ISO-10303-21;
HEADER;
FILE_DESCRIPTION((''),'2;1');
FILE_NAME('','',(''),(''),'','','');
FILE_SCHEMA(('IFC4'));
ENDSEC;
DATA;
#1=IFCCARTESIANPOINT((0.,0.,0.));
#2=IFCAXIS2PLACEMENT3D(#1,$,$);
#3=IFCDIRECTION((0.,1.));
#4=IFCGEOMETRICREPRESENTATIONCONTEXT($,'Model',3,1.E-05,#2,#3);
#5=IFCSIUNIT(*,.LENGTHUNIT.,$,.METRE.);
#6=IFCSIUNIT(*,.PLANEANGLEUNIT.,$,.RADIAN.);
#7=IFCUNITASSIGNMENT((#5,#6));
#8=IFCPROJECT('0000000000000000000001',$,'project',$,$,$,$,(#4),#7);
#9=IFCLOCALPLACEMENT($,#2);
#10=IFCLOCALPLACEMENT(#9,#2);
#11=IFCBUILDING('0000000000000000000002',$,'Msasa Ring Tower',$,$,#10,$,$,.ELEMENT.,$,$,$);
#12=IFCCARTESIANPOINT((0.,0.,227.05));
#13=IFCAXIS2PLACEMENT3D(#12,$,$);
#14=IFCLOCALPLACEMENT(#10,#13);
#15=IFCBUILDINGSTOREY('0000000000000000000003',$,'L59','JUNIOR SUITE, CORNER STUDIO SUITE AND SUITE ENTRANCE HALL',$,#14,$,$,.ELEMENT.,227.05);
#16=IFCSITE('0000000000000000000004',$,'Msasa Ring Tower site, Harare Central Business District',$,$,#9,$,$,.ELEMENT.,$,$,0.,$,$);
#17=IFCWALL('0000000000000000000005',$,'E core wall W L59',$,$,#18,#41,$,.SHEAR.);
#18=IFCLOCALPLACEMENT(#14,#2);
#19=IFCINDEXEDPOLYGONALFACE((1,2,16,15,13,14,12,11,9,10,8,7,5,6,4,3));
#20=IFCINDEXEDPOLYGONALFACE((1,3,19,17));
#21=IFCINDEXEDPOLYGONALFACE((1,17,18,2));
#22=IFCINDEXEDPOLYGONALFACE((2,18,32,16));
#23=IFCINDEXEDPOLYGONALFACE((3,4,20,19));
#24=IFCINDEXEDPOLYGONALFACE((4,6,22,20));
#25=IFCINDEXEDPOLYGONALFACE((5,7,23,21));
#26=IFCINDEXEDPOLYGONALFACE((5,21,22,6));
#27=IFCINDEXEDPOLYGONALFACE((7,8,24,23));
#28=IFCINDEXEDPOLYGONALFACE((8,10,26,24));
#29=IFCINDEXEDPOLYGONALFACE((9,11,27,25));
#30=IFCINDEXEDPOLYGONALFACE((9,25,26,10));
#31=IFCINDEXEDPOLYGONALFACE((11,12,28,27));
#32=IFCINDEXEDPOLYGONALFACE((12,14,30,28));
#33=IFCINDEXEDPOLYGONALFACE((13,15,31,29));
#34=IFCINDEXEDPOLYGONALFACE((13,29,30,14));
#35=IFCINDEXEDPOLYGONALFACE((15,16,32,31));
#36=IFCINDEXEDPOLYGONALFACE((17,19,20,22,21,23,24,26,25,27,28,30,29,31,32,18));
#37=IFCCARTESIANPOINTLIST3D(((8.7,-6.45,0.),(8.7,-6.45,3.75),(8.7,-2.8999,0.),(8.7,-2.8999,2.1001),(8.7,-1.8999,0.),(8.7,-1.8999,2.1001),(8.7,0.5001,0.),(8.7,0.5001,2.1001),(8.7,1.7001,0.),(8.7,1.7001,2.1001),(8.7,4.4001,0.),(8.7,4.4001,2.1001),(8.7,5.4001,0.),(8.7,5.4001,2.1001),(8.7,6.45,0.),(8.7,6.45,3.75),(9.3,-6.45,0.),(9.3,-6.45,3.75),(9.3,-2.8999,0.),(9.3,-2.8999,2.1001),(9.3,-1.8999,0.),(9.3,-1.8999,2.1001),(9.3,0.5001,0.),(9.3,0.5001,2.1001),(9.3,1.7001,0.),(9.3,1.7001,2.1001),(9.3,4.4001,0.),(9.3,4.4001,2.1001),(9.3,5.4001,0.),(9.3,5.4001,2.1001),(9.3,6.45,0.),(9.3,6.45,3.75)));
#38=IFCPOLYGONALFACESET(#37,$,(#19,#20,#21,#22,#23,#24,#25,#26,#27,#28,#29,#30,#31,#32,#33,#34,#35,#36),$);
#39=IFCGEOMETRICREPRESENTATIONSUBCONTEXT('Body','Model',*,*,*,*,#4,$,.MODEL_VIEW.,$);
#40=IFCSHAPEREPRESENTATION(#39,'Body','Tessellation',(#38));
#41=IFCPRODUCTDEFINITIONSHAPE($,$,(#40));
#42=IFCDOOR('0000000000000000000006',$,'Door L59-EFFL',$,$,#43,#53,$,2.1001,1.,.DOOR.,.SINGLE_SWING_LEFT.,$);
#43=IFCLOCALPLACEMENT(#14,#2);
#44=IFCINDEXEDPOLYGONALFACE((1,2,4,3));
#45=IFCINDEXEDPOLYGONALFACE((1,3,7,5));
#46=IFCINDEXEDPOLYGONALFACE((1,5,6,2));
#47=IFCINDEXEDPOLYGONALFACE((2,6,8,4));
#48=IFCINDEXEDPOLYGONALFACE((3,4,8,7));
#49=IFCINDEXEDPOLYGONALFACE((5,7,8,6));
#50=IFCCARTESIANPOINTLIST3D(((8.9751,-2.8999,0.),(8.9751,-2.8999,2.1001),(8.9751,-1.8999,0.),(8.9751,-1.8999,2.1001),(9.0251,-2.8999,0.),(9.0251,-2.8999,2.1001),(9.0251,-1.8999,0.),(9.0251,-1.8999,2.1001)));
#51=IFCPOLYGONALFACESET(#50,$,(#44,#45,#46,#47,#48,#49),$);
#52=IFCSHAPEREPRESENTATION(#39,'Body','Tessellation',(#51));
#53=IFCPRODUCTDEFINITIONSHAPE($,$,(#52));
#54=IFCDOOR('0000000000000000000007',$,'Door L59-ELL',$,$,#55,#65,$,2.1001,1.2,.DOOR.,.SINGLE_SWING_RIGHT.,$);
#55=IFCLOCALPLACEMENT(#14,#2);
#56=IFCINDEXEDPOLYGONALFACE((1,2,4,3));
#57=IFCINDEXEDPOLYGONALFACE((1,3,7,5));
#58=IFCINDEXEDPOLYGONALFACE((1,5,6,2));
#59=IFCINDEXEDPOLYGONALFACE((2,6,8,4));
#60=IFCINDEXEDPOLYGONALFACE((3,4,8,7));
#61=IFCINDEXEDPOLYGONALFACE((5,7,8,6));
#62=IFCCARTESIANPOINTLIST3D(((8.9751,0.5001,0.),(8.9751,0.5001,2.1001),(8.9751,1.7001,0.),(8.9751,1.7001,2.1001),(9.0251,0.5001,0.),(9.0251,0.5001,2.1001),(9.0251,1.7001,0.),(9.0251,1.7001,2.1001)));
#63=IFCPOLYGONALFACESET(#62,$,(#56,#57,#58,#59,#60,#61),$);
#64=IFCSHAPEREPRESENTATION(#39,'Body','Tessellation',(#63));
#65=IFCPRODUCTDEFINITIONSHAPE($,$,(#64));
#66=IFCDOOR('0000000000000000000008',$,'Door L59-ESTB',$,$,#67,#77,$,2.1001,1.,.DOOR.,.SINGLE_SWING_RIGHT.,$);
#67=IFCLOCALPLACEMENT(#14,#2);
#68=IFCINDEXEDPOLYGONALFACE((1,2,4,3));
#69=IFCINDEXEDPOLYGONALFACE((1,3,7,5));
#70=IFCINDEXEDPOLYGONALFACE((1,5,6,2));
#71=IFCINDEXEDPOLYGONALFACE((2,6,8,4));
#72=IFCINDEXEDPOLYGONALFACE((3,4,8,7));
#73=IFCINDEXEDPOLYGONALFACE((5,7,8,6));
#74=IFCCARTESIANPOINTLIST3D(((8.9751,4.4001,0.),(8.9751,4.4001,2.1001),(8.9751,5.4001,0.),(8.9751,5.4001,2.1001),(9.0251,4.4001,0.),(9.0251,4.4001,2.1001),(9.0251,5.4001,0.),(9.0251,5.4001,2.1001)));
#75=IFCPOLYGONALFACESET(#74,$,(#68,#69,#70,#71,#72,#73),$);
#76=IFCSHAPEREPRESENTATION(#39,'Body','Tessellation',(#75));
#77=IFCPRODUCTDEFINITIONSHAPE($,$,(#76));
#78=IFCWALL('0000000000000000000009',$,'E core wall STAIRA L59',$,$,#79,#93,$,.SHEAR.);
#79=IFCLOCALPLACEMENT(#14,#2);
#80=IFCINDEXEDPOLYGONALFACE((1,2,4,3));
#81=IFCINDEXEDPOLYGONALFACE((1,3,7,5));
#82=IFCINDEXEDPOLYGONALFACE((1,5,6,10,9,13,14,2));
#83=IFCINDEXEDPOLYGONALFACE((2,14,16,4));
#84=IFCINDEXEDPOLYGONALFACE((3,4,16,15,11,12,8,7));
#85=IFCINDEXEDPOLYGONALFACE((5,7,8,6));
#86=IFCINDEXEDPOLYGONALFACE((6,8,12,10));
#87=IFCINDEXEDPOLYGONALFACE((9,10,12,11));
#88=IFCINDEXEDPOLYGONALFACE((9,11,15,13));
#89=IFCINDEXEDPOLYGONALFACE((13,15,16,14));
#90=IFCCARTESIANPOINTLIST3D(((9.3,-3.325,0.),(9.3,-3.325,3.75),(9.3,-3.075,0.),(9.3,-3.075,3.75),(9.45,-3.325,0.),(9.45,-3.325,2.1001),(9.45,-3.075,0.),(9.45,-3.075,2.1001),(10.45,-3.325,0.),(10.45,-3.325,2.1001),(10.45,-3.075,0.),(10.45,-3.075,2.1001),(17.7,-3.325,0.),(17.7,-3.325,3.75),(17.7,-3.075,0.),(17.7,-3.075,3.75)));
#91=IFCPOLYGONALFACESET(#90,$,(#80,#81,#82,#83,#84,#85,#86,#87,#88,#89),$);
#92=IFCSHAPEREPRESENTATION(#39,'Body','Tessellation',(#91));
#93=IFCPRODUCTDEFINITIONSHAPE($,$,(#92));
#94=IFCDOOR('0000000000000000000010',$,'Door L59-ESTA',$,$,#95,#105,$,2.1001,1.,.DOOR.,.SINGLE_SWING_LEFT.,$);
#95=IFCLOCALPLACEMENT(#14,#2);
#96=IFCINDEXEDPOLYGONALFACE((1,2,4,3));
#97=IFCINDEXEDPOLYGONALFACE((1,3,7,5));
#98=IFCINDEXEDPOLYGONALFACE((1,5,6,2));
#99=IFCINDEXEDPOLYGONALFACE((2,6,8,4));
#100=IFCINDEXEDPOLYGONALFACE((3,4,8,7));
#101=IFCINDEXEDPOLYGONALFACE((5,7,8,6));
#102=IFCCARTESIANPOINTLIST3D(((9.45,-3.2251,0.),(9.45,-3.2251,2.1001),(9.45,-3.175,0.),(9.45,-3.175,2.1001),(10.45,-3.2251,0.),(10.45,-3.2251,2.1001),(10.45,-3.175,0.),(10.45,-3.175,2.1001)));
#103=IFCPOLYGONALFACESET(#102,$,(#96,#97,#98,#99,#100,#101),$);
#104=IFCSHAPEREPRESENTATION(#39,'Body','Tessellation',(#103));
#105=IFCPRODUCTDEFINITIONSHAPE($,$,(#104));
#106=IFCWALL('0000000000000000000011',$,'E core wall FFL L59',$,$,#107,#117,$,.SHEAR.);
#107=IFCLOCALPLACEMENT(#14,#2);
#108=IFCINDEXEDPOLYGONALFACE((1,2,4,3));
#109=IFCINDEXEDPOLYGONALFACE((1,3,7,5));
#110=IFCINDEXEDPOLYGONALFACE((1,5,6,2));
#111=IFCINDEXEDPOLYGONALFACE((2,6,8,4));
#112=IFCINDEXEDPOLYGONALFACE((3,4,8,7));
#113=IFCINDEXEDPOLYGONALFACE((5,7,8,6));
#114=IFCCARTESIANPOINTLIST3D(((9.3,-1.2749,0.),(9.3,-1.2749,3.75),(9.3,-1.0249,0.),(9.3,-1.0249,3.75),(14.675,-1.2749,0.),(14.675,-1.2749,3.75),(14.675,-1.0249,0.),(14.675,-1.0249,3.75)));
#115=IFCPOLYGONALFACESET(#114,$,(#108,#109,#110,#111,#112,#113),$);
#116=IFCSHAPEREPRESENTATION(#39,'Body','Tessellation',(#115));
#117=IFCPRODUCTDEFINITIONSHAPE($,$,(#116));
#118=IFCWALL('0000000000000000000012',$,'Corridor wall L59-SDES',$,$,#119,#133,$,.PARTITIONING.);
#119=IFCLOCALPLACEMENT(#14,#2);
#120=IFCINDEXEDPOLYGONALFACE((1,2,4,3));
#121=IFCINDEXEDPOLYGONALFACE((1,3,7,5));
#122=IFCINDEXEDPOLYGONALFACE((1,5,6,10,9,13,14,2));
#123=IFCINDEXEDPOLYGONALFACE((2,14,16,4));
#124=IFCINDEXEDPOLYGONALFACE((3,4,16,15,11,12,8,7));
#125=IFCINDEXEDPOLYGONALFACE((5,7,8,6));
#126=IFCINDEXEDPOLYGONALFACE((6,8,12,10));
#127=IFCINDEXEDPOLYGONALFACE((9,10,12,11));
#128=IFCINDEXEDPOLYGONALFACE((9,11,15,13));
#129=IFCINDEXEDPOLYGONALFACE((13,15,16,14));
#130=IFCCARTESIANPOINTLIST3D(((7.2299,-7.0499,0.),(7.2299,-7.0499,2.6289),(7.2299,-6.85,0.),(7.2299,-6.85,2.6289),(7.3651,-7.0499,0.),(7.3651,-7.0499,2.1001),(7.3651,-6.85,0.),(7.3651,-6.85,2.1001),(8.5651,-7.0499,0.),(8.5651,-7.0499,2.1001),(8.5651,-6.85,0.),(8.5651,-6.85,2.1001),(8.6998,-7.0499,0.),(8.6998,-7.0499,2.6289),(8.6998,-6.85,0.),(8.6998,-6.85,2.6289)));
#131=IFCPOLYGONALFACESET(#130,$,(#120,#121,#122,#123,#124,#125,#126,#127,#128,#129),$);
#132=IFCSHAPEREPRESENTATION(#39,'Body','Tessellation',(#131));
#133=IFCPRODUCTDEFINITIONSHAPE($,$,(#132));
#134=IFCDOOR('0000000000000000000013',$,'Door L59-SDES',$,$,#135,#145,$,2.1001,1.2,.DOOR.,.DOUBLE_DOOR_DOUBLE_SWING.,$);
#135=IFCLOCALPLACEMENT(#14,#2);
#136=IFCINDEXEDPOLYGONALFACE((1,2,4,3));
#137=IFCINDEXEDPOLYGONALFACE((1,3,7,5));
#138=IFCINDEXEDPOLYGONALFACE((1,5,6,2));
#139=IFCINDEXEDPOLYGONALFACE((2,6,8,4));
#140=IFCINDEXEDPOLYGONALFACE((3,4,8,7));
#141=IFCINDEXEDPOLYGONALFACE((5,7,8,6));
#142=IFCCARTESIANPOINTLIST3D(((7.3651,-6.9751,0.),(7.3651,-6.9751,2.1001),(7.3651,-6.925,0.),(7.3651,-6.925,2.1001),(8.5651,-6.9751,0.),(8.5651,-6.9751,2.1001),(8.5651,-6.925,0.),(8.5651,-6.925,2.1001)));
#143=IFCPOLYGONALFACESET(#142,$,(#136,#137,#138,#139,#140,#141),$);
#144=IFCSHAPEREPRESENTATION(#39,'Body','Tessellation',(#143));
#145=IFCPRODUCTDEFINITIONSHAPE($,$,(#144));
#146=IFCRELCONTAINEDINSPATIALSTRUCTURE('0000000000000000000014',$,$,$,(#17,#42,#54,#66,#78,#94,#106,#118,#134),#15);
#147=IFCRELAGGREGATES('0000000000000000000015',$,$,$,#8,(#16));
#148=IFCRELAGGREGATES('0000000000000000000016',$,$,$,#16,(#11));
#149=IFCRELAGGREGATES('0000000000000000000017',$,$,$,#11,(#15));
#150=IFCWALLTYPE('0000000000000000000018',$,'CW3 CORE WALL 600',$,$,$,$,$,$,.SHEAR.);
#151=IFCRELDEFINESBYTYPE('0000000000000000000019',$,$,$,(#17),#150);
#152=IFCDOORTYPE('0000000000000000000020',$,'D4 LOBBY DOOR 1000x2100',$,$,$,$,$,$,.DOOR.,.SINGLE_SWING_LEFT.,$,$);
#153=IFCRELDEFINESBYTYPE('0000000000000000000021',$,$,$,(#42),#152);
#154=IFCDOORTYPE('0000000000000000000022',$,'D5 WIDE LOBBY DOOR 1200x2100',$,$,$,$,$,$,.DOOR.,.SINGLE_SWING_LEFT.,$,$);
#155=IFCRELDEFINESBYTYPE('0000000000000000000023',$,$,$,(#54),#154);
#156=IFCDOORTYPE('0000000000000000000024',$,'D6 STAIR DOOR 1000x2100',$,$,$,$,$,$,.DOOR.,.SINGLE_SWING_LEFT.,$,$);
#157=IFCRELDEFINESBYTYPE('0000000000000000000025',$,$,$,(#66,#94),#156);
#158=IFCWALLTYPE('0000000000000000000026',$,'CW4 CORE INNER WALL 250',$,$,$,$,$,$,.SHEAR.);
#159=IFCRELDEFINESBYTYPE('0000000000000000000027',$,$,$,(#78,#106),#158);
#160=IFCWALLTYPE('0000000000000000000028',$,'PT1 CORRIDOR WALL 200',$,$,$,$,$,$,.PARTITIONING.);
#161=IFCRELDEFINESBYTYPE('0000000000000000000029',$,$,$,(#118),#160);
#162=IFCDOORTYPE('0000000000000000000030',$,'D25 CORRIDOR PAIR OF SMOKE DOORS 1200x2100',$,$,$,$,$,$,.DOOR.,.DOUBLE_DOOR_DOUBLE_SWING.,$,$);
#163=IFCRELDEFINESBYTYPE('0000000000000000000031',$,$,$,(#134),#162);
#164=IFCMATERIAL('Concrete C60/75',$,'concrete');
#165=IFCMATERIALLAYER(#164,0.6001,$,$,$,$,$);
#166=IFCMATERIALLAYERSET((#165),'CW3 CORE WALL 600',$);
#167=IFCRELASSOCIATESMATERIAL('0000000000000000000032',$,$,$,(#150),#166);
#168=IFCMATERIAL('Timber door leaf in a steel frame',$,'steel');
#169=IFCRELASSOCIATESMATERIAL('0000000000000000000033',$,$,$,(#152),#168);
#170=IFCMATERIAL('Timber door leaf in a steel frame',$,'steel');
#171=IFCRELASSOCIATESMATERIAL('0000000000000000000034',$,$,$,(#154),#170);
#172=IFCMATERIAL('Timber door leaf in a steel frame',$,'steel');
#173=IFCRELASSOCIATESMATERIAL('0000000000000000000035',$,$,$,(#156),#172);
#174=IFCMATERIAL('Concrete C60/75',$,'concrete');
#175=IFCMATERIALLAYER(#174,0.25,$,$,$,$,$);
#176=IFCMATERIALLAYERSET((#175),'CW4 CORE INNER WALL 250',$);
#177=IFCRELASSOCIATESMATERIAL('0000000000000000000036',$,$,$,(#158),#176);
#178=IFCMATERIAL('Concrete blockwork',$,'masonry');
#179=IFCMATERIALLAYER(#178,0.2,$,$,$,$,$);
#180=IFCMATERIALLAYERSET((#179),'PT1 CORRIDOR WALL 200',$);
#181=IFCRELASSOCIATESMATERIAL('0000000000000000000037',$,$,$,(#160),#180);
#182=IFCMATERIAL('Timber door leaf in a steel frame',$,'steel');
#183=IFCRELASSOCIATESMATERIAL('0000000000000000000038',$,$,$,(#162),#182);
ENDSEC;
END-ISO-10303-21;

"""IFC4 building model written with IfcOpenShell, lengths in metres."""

from ifc_helpers import new_model, si_unit, direction, frame, frame_2d, origin, place, context, subcontext, project, spatial, rectangle, extrude, material, layer, layer_set, type_object, element, fill, save


model = new_model("IFC4")

# Units and contexts
model_context = context("Model", 3, precision=1e-05, world=origin(), true_north=direction((0.0, 1.0)))
body_context = subcontext(model_context, "Body", "Model", "MODEL_VIEW")
ifc_project = project(units=[si_unit("LENGTHUNIT", "METRE"), si_unit("PLANEANGLEUNIT", "RADIAN")], contexts=[model_context])

# Site, building, storey
site_placement = place(None, origin())
site = spatial("IfcSite", under=ifc_project, at=site_placement, Name="Msasa Ring Tower site, Harare Central Business District", CompositionType="ELEMENT", RefElevation=0.0)
building_placement = place(site_placement, origin())
building = spatial("IfcBuilding", under=site, at=building_placement, Name="Msasa Ring Tower", CompositionType="ELEMENT")
storey_placement = place(building_placement, frame((0.0, 0.0, 227.05)))
storey = spatial("IfcBuildingStorey", under=building, at=storey_placement, Name="L59", Description="JUNIOR SUITE, CORNER STUDIO SUITE AND SUITE ENTRANCE HALL", CompositionType="ELEMENT", Elevation=227.05)

# Shared definitions
ifc_material_1 = material(Name="Concrete C60/75", Category="concrete")
ifc_layer_1 = layer(ifc_material_1, 0.6001)
ifc_layer_set_1 = layer_set([ifc_layer_1], Name="CW3 CORE WALL 600")
wall_type_1 = type_object("IfcWallType", Name="CW3 CORE WALL 600", PredefinedType="SHEAR", material=ifc_layer_set_1)

# Wall, openings, doors
wall_1_placement = place(storey_placement, frame((9.0, -6.45, 0.0), z_axis=(0.0, 0.0, 1.0), x_axis=(0.0, 1.0, 0.0)))
wall_1 = element("IfcWall", 1, at=wall_1_placement, inside=storey, type_object=wall_type_1, Name="E core wall W L59", PredefinedType="SHEAR", context=body_context, shape_type="SweptSolid", body=[
    extrude(rectangle(XDim=12.8999, YDim=0.6001, at=frame_2d((6.45, 0.0))), origin(), (0.0, 0.0, 1.0), 3.75),
])
opening_1_placement = place(wall_1_placement, frame((3.55, 0.0, 0.0)))
opening_1 = element("IfcOpeningElement", 2, at=opening_1_placement, cuts=wall_1, PredefinedType="OPENING", context=body_context, shape_type="SweptSolid", body=[
    extrude(rectangle(XDim=1.0, YDim=2.1001, at=frame_2d((0.5, 1.05))), frame((0.0, 0.3101, 0.0), z_axis=(0.0, -1.0, 0.0), x_axis=(1.0, 0.0, 0.0)), (0.0, 0.0, 1.0), 0.6201),
])
opening_2_placement = place(wall_1_placement, frame((6.95, 0.0, 0.0)))
opening_2 = element("IfcOpeningElement", 3, at=opening_2_placement, cuts=wall_1, PredefinedType="OPENING", context=body_context, shape_type="SweptSolid", body=[
    extrude(rectangle(XDim=1.2, YDim=2.1001, at=frame_2d((0.6001, 1.05))), frame((0.0, 0.3101, 0.0), z_axis=(0.0, -1.0, 0.0), x_axis=(1.0, 0.0, 0.0)), (0.0, 0.0, 1.0), 0.6201),
])
opening_3_placement = place(wall_1_placement, frame((10.8501, 0.0, 0.0)))
opening_3 = element("IfcOpeningElement", 4, at=opening_3_placement, cuts=wall_1, PredefinedType="OPENING", context=body_context, shape_type="SweptSolid", body=[
    extrude(rectangle(XDim=1.0, YDim=2.1001, at=frame_2d((0.5, 1.05))), frame((0.0, 0.3101, 0.0), z_axis=(0.0, -1.0, 0.0), x_axis=(1.0, 0.0, 0.0)), (0.0, 0.0, 1.0), 0.6201),
])
ifc_material_2 = material(Name="Timber door leaf in a steel frame", Category="steel")
door_type_1 = type_object("IfcDoorType", Name="D4 LOBBY DOOR 1000x2100", OperationType="SINGLE_SWING_LEFT", PredefinedType="DOOR", material=ifc_material_2)
door_1_placement = place(opening_1_placement, origin())
door_1 = element("IfcDoor", 5, at=door_1_placement, inside=storey, type_object=door_type_1, Name="Door L59-EFFL", OperationType="SINGLE_SWING_LEFT", OverallHeight=2.1001, OverallWidth=1.0, PredefinedType="DOOR", context=body_context, shape_type="SweptSolid", body=[
    extrude(rectangle(XDim=1.0, YDim=2.1001, at=frame_2d((0.5, 1.05))), frame((0.0, 0.0249, 0.0), z_axis=(0.0, -1.0, 0.0), x_axis=(1.0, 0.0, 0.0)), (0.0, 0.0, 1.0), 0.05),
])
fill(opening_1, door_1)
ifc_material_3 = material(Name="Timber door leaf in a steel frame", Category="steel")
door_type_2 = type_object("IfcDoorType", Name="D5 WIDE LOBBY DOOR 1200x2100", OperationType="SINGLE_SWING_LEFT", PredefinedType="DOOR", material=ifc_material_3)
door_2_placement = place(opening_2_placement, origin())
door_2 = element("IfcDoor", 6, at=door_2_placement, inside=storey, type_object=door_type_2, Name="Door L59-ELL", OperationType="SINGLE_SWING_RIGHT", OverallHeight=2.1001, OverallWidth=1.2, PredefinedType="DOOR", context=body_context, shape_type="SweptSolid", body=[
    extrude(rectangle(XDim=1.2, YDim=2.1001, at=frame_2d((0.6001, 1.05))), frame((0.0, 0.0249, 0.0), z_axis=(0.0, -1.0, 0.0), x_axis=(1.0, 0.0, 0.0)), (0.0, 0.0, 1.0), 0.05),
])
fill(opening_2, door_2)
ifc_material_4 = material(Name="Timber door leaf in a steel frame", Category="steel")
door_type_3 = type_object("IfcDoorType", Name="D6 STAIR DOOR 1000x2100", OperationType="SINGLE_SWING_LEFT", PredefinedType="DOOR", material=ifc_material_4)
door_3_placement = place(opening_3_placement, origin())
door_3 = element("IfcDoor", 7, at=door_3_placement, inside=storey, type_object=door_type_3, Name="Door L59-ESTB", OperationType="SINGLE_SWING_RIGHT", OverallHeight=2.1001, OverallWidth=1.0, PredefinedType="DOOR", context=body_context, shape_type="SweptSolid", body=[
    extrude(rectangle(XDim=1.0, YDim=2.1001, at=frame_2d((0.5, 1.05))), frame((0.0, 0.0249, 0.0), z_axis=(0.0, -1.0, 0.0), x_axis=(1.0, 0.0, 0.0)), (0.0, 0.0, 1.0), 0.05),
])
fill(opening_3, door_3)

# Wall, opening, door
ifc_material_5 = material(Name="Concrete C60/75", Category="concrete")
ifc_layer_2 = layer(ifc_material_5, 0.25)
ifc_layer_set_2 = layer_set([ifc_layer_2], Name="CW4 CORE INNER WALL 250")
wall_type_2 = type_object("IfcWallType", Name="CW4 CORE INNER WALL 250", PredefinedType="SHEAR", material=ifc_layer_set_2)
wall_2_placement = place(storey_placement, frame((9.3, -3.2, 0.0), z_axis=(0.0, 0.0, 1.0), x_axis=(1.0, 0.0, 0.0)))
wall_2 = element("IfcWall", 8, at=wall_2_placement, inside=storey, type_object=wall_type_2, Name="E core wall STAIRA L59", PredefinedType="SHEAR", context=body_context, shape_type="SweptSolid", body=[
    extrude(rectangle(XDim=8.3999, YDim=0.25, at=frame_2d((4.2, 0.0))), origin(), (0.0, 0.0, 1.0), 3.75),
])
opening_4_placement = place(wall_2_placement, frame((0.1499, 0.0, 0.0)))
opening_4 = element("IfcOpeningElement", 9, at=opening_4_placement, cuts=wall_2, PredefinedType="OPENING", context=body_context, shape_type="SweptSolid", body=[
    extrude(rectangle(XDim=1.0, YDim=2.1001, at=frame_2d((0.5, 1.05))), frame((0.0, 0.135, 0.0), z_axis=(0.0, -1.0, 0.0), x_axis=(1.0, 0.0, 0.0)), (0.0, 0.0, 1.0), 0.27),
])
door_4_placement = place(opening_4_placement, origin())
door_4 = element("IfcDoor", 10, at=door_4_placement, inside=storey, type_object=door_type_3, Name="Door L59-ESTA", OperationType="SINGLE_SWING_LEFT", OverallHeight=2.1001, OverallWidth=1.0, PredefinedType="DOOR", context=body_context, shape_type="SweptSolid", body=[
    extrude(rectangle(XDim=1.0, YDim=2.1001, at=frame_2d((0.5, 1.05))), frame((0.0, 0.0249, 0.0), z_axis=(0.0, -1.0, 0.0), x_axis=(1.0, 0.0, 0.0)), (0.0, 0.0, 1.0), 0.05),
])
fill(opening_4, door_4)

# Wall
wall_3_placement = place(storey_placement, frame((9.3, -1.1499, 0.0), z_axis=(0.0, 0.0, 1.0), x_axis=(1.0, 0.0, 0.0)))
element("IfcWall", 11, at=wall_3_placement, inside=storey, type_object=wall_type_2, Name="E core wall FFL L59", PredefinedType="SHEAR", context=body_context, shape_type="SweptSolid", body=[
    extrude(rectangle(XDim=5.375, YDim=0.25, at=frame_2d((2.6875, 0.0))), origin(), (0.0, 0.0, 1.0), 3.75),
])

# Wall, opening, door
ifc_material_6 = material(Name="Concrete blockwork", Category="masonry")
ifc_layer_3 = layer(ifc_material_6, 0.2)
ifc_layer_set_3 = layer_set([ifc_layer_3], Name="PT1 CORRIDOR WALL 200")
wall_type_3 = type_object("IfcWallType", Name="PT1 CORRIDOR WALL 200", PredefinedType="PARTITIONING", material=ifc_layer_set_3)
wall_4_placement = place(storey_placement, frame((7.23, -6.95, 0.0), z_axis=(0.0, 0.0, 1.0), x_axis=(1.0, 0.0, 0.0)))
wall_4 = element("IfcWall", 12, at=wall_4_placement, inside=storey, type_object=wall_type_3, Name="Corridor wall L59-SDES", PredefinedType="PARTITIONING", context=body_context, shape_type="SweptSolid", body=[
    extrude(rectangle(XDim=1.47, YDim=0.2, at=frame_2d((0.7349, 0.0))), origin(), (0.0, 0.0, 1.0), 2.6289),
])
opening_5_placement = place(wall_4_placement, frame((0.135, 0.0, 0.0)))
opening_5 = element("IfcOpeningElement", 13, at=opening_5_placement, cuts=wall_4, PredefinedType="OPENING", context=body_context, shape_type="SweptSolid", body=[
    extrude(rectangle(XDim=1.2, YDim=2.1001, at=frame_2d((0.6001, 1.05))), frame((0.0, 0.1099, 0.0), z_axis=(0.0, -1.0, 0.0), x_axis=(1.0, 0.0, 0.0)), (0.0, 0.0, 1.0), 0.22),
])
ifc_material_7 = material(Name="Timber door leaf in a steel frame", Category="steel")
door_type_4 = type_object("IfcDoorType", Name="D25 CORRIDOR PAIR OF SMOKE DOORS 1200x2100", OperationType="DOUBLE_DOOR_DOUBLE_SWING", PredefinedType="DOOR", material=ifc_material_7)
door_5_placement = place(opening_5_placement, origin())
door_5 = element("IfcDoor", 14, at=door_5_placement, inside=storey, type_object=door_type_4, Name="Door L59-SDES", OperationType="DOUBLE_DOOR_DOUBLE_SWING", OverallHeight=2.1001, OverallWidth=1.2, PredefinedType="DOOR", context=body_context, shape_type="SweptSolid", body=[
    extrude(rectangle(XDim=1.2, YDim=2.1001, at=frame_2d((0.6001, 1.05))), frame((0.0, 0.0249, 0.0), z_axis=(0.0, -1.0, 0.0), x_axis=(1.0, 0.0, 0.0)), (0.0, 0.0, 1.0), 0.05),
])
fill(opening_5, door_5)

save(model, "model.ifc")
